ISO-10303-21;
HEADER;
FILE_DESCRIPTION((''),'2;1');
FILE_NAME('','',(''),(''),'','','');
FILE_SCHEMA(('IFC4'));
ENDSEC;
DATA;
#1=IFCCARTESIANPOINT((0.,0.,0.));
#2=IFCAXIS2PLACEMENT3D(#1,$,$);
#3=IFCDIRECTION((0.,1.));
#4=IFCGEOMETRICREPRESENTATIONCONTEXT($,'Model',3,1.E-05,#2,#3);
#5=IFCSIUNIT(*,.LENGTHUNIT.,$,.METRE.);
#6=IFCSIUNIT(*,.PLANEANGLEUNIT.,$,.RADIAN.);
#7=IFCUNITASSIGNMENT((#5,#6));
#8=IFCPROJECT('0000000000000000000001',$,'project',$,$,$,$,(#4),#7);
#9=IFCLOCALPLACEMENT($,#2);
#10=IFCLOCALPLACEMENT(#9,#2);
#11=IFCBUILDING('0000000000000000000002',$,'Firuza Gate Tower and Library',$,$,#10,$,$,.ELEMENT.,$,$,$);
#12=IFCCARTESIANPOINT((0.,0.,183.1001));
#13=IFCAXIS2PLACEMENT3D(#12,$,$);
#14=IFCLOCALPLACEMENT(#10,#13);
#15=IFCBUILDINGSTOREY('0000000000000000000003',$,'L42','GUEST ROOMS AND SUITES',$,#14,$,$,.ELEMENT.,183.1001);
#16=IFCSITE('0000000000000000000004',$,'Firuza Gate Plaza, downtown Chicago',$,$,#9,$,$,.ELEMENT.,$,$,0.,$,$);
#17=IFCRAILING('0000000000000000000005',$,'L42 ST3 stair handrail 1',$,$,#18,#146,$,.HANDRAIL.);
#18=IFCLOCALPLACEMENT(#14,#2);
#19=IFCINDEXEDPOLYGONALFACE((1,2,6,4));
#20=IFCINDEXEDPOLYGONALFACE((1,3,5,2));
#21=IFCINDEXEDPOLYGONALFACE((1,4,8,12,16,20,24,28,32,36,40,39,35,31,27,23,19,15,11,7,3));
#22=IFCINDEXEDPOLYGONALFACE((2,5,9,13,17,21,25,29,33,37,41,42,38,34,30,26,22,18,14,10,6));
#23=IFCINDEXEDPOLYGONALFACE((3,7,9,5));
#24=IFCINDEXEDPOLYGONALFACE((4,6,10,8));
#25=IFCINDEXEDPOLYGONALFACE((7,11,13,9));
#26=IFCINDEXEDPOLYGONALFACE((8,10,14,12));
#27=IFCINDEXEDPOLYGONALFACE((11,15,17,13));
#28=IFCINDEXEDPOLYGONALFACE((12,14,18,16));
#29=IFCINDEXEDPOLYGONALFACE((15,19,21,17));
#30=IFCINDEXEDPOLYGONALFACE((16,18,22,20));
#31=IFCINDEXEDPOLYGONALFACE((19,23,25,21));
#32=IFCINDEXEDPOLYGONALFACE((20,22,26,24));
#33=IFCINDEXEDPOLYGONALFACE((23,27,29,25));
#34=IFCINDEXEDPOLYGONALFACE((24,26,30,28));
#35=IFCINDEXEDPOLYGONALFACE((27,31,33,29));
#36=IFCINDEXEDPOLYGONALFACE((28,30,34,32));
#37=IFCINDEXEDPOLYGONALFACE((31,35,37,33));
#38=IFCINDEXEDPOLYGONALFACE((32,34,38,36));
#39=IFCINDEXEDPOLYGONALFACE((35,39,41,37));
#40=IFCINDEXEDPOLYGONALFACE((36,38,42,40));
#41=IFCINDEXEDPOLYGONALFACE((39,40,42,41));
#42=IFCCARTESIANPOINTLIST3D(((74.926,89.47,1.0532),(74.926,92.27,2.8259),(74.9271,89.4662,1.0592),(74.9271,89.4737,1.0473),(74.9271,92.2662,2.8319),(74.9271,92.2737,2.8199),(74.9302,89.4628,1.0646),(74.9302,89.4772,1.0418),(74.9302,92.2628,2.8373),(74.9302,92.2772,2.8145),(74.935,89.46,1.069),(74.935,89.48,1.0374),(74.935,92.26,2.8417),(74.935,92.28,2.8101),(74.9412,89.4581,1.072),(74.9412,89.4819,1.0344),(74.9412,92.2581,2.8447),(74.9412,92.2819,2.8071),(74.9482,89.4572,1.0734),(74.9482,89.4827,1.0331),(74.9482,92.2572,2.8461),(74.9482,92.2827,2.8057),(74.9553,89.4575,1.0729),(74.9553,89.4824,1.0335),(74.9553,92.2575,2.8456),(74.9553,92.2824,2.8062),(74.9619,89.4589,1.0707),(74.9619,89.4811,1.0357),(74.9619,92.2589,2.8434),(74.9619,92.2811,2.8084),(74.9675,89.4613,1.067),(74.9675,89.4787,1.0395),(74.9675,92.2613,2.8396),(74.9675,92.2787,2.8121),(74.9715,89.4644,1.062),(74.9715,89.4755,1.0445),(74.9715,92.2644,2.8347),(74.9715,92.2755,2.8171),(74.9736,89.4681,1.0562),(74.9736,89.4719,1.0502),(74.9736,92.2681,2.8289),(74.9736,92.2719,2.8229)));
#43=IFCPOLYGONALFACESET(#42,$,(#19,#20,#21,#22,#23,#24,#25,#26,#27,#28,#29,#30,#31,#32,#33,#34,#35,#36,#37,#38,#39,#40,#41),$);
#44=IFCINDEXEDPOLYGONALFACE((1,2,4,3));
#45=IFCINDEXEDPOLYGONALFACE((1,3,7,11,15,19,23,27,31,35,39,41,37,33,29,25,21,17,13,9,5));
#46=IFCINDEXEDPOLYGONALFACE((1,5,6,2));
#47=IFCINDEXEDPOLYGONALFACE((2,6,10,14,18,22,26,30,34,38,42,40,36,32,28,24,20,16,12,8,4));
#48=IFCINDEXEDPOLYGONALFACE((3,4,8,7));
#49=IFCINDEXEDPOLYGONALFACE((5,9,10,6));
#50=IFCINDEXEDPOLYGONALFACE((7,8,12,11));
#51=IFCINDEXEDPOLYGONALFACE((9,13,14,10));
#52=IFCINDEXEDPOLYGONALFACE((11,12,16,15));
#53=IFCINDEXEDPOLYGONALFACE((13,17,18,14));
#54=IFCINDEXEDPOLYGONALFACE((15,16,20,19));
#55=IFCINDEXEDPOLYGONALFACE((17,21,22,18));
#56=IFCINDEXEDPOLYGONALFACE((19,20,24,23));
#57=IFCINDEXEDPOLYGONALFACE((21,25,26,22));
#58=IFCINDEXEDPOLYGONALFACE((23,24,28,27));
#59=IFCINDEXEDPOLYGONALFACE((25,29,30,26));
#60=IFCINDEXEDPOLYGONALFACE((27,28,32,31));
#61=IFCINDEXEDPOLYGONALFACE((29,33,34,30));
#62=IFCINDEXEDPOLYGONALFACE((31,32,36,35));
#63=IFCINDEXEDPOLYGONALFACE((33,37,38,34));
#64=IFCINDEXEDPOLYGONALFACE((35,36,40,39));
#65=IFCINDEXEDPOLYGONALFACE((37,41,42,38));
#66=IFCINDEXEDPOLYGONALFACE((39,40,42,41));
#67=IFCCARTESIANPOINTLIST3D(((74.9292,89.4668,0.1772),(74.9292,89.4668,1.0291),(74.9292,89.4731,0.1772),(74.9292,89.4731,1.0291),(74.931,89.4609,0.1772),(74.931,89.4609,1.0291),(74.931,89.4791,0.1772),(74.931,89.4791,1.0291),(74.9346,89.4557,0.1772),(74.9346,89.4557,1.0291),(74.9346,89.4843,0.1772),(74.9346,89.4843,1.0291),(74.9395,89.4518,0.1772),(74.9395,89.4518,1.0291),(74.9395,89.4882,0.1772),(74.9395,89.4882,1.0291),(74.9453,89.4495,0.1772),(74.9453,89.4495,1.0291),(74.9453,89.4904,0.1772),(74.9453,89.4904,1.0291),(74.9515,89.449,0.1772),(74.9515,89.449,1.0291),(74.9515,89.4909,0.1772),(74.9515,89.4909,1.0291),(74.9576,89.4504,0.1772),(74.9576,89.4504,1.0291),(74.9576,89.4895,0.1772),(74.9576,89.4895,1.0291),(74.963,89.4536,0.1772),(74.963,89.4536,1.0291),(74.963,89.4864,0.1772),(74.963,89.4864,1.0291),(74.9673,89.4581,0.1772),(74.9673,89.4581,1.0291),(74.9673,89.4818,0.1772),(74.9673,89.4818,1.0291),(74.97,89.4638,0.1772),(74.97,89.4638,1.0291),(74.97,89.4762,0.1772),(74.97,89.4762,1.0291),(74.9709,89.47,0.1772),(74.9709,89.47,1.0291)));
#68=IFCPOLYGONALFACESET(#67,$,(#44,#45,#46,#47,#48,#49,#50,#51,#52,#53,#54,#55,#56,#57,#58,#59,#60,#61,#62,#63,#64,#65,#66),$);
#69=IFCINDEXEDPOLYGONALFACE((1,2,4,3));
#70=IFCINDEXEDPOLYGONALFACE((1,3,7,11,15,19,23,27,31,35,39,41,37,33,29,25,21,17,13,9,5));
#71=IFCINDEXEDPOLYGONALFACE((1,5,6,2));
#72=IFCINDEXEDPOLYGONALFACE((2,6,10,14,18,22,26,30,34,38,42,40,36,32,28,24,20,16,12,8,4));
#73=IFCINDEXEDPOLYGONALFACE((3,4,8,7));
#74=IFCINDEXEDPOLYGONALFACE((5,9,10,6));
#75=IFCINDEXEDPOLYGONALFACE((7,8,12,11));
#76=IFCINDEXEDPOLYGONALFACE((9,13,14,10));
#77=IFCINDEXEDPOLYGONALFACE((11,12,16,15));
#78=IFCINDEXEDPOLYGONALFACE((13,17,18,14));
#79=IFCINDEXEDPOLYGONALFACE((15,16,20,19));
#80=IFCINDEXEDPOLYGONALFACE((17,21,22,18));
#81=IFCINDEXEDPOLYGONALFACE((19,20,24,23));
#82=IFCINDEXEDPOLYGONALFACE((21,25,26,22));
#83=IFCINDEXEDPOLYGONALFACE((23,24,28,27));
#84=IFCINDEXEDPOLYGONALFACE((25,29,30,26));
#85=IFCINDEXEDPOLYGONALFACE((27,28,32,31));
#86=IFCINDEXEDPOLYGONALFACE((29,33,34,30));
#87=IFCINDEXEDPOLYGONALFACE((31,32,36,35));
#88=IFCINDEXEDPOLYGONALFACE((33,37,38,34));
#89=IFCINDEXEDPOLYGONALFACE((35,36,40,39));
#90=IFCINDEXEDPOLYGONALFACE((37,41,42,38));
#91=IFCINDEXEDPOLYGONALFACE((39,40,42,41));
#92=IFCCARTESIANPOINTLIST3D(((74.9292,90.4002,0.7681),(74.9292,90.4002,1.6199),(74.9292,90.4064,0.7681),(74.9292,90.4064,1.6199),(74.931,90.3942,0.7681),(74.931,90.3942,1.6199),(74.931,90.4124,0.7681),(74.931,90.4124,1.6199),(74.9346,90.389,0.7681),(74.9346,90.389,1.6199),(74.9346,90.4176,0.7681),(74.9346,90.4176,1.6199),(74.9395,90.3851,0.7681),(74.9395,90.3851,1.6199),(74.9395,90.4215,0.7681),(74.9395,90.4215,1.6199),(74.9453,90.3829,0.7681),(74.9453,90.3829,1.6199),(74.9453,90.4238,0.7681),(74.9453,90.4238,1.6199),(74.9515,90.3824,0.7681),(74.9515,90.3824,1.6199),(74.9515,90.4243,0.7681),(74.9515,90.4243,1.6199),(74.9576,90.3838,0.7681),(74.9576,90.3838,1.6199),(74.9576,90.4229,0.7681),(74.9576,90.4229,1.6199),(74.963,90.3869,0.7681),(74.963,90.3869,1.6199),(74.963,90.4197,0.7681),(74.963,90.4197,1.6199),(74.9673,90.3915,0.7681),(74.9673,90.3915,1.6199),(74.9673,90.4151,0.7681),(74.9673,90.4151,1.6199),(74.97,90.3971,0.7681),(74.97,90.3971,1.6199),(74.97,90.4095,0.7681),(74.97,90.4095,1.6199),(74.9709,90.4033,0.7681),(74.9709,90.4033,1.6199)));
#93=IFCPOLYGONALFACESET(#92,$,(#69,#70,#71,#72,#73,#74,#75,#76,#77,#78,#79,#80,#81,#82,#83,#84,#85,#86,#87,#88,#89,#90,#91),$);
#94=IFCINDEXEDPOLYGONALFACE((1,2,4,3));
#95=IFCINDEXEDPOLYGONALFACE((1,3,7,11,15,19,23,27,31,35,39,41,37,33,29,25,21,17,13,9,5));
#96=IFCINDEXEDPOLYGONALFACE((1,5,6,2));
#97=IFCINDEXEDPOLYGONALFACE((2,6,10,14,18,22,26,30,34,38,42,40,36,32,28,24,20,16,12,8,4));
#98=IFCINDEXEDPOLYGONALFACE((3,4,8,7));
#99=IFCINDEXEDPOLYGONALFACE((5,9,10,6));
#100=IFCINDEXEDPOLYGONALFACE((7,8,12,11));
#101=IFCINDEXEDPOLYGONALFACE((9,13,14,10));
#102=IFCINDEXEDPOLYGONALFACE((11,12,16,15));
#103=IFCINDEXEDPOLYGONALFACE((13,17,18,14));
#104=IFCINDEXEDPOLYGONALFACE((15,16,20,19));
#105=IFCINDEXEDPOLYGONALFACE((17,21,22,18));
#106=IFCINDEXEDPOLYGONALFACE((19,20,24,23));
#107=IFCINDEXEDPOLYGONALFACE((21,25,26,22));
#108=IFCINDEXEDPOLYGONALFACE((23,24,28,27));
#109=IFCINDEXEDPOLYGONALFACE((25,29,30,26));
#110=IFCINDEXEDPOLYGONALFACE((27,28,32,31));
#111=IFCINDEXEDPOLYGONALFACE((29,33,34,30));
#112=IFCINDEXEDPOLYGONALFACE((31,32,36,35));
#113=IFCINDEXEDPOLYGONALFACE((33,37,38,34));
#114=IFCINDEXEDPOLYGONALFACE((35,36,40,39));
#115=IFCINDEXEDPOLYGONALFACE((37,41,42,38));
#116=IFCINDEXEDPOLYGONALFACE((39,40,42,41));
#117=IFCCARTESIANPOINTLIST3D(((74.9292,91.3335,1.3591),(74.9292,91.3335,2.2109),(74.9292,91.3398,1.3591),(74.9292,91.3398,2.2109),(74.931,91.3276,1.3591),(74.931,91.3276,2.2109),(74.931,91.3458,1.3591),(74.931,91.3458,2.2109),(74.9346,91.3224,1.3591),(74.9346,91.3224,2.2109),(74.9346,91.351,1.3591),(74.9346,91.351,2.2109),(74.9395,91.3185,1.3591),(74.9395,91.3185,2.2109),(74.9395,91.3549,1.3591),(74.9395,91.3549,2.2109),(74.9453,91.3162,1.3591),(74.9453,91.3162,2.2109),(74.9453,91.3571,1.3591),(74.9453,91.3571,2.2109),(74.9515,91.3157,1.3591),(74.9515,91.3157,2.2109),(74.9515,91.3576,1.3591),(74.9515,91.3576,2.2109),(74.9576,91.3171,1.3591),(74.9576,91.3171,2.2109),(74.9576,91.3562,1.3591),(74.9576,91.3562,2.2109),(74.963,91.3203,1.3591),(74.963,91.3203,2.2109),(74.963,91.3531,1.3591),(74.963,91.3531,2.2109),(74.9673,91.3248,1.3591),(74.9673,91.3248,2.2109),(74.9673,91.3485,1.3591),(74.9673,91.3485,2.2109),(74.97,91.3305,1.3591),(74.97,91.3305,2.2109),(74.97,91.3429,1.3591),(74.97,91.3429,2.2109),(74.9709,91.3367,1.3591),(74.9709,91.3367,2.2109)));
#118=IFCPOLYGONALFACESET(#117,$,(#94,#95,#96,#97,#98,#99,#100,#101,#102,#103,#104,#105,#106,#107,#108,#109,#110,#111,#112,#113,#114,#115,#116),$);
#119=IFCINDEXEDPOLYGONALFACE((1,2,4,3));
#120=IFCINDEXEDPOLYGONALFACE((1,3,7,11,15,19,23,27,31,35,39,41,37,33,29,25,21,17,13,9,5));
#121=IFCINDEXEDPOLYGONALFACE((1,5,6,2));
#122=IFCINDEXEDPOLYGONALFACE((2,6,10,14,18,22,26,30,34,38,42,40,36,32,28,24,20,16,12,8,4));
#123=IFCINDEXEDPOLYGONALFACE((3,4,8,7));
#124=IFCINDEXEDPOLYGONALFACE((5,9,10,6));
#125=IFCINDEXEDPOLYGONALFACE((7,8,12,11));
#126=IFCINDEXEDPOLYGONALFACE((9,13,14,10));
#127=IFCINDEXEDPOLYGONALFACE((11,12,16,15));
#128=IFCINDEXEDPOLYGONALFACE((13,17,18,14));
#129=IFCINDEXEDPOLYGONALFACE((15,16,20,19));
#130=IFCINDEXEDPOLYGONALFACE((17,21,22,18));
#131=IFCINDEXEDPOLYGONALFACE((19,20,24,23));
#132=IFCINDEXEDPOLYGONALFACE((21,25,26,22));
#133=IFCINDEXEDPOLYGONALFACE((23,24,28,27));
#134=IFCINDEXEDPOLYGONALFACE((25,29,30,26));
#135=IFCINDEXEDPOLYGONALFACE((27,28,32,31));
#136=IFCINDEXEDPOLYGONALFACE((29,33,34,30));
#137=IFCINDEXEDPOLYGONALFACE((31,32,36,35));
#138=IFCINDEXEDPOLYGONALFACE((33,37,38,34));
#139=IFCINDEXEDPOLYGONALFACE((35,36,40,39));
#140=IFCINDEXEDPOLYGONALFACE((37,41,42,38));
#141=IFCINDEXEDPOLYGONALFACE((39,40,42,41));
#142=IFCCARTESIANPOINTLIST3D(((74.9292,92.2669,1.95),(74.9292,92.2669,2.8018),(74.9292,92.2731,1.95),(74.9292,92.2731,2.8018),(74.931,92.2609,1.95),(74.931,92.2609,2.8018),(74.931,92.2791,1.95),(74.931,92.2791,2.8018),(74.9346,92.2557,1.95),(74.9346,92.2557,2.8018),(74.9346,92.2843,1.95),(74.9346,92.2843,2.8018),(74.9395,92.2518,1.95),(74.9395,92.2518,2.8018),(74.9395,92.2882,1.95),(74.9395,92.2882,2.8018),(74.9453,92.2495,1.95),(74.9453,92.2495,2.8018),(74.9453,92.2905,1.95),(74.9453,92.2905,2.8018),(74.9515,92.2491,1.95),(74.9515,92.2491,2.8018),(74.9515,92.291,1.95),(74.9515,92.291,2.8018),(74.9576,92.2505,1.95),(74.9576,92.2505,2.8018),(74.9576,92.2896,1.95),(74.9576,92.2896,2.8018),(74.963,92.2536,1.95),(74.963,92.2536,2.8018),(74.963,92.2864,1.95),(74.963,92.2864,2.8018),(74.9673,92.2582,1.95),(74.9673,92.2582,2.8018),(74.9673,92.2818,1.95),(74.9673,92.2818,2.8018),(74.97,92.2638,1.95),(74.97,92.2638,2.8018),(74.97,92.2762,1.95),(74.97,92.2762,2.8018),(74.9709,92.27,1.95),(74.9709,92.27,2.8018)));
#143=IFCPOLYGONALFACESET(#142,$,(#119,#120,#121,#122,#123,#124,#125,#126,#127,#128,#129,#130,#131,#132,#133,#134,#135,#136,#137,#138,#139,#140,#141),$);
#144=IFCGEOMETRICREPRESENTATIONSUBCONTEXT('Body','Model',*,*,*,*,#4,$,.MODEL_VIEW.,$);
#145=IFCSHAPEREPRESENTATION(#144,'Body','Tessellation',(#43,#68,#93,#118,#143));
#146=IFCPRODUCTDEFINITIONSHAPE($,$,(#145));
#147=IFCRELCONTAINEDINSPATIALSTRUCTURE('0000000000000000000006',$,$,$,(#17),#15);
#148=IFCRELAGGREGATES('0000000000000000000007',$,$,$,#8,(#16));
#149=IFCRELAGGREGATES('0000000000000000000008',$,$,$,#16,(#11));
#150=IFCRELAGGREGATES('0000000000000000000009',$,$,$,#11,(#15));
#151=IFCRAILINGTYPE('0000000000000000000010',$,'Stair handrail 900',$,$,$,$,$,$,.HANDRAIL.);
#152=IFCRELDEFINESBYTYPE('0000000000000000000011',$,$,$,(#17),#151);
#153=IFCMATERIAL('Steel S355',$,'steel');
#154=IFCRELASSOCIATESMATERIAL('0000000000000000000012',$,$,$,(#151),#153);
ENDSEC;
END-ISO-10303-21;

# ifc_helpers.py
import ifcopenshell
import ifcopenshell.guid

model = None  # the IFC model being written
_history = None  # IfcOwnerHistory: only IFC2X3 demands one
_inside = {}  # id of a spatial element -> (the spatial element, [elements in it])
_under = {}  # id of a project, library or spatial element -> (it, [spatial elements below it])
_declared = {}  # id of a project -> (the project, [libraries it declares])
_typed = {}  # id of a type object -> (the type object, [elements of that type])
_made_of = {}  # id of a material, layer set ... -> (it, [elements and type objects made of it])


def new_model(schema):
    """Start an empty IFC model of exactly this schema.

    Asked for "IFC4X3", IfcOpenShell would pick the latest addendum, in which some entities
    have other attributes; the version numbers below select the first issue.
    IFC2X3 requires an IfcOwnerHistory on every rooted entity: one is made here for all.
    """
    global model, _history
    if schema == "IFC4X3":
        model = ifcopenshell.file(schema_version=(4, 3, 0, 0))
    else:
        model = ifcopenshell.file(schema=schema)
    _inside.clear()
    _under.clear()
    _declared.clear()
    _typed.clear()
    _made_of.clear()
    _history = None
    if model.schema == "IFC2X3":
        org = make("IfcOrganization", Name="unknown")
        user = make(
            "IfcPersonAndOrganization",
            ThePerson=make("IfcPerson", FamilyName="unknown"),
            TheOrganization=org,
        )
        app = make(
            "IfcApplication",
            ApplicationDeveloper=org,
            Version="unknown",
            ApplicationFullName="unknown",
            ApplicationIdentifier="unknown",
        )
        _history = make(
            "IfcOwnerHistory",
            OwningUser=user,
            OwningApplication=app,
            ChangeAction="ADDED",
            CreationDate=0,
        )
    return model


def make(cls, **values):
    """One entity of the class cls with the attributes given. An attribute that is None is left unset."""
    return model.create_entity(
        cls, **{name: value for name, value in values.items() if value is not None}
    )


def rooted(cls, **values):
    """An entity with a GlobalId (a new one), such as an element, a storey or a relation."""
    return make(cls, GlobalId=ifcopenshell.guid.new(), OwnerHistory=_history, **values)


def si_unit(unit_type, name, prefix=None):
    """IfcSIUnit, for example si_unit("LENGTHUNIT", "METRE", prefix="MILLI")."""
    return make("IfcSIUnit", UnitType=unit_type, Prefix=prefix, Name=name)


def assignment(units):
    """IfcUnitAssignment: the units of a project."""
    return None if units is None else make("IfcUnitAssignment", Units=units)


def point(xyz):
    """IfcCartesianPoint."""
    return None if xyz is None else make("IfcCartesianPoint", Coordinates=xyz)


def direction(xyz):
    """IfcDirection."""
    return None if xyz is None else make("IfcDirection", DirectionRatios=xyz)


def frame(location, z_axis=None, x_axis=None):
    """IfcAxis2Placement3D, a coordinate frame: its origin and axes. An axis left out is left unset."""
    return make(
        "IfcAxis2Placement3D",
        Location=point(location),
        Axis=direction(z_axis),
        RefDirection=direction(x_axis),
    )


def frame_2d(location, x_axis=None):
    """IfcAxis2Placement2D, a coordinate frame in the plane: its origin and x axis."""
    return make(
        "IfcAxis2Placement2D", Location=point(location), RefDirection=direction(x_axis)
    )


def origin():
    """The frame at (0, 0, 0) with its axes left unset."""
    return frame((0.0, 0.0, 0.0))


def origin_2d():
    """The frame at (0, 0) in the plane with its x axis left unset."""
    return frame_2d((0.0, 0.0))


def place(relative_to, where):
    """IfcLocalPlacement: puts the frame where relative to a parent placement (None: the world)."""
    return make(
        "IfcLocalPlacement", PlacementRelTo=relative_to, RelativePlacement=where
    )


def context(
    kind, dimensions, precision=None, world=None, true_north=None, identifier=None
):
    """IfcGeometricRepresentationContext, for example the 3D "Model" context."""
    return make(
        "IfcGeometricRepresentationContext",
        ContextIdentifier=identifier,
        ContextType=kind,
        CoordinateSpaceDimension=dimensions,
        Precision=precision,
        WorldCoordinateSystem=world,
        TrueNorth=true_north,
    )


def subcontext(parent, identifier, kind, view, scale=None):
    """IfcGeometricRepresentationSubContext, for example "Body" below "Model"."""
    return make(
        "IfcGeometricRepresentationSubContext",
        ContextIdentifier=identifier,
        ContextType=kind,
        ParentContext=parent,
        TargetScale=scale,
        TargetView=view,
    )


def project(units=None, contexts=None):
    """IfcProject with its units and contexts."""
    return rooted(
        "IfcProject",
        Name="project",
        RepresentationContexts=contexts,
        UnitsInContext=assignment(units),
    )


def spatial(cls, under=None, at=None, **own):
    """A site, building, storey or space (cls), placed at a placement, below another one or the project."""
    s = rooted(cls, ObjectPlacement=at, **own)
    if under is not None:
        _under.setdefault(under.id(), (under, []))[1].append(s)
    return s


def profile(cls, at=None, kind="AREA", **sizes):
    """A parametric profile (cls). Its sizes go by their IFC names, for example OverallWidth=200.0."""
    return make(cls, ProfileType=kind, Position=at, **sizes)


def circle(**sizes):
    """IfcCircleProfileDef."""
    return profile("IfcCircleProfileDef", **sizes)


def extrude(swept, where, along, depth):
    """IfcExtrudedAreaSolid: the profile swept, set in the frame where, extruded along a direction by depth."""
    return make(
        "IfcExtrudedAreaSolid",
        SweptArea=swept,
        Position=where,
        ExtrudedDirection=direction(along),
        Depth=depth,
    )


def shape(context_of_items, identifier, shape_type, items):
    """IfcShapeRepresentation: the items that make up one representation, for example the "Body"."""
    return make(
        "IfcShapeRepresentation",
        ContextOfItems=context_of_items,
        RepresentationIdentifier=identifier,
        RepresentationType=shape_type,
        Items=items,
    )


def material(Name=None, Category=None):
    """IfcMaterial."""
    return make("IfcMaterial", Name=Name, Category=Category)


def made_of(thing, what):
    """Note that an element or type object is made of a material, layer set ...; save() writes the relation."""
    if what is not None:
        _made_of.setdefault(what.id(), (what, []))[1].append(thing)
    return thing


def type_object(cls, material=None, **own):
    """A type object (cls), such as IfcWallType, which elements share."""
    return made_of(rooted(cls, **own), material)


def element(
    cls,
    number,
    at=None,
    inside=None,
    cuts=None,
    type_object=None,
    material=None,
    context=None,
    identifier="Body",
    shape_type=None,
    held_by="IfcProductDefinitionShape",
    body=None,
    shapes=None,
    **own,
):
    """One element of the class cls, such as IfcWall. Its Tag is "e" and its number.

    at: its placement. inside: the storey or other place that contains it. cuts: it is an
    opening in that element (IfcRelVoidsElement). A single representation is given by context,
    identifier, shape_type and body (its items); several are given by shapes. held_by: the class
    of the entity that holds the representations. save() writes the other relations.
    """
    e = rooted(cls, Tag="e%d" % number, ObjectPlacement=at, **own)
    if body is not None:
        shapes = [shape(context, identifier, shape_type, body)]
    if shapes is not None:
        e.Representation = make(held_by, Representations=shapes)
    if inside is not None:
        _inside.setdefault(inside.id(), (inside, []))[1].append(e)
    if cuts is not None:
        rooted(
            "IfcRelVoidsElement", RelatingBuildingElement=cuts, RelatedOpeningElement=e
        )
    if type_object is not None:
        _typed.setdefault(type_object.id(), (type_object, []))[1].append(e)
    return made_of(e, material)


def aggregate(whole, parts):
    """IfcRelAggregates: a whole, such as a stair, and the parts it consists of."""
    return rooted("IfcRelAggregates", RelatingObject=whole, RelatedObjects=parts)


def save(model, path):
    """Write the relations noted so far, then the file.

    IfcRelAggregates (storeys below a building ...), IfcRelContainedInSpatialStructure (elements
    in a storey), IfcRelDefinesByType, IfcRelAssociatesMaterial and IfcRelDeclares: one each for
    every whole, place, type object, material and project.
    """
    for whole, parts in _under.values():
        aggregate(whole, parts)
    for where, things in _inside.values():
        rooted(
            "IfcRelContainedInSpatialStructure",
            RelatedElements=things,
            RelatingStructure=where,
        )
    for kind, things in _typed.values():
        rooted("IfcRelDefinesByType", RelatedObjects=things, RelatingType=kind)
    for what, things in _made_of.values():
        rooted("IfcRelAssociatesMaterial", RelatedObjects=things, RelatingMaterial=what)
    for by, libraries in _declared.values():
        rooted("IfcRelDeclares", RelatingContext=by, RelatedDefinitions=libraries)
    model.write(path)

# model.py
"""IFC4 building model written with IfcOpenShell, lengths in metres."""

from ifc_helpers import new_model, si_unit, direction, frame, origin, origin_2d, place, context, subcontext, project, spatial, circle, extrude, material, type_object, element, save


model = new_model("IFC4")

# Units and contexts
model_context = context("Model", 3, precision=1e-05, world=origin(), true_north=direction((0.0, 1.0)))
body_context = subcontext(model_context, "Body", "Model", "MODEL_VIEW")
ifc_project = project(units=[si_unit("LENGTHUNIT", "METRE"), si_unit("PLANEANGLEUNIT", "RADIAN")], contexts=[model_context])

# Site, building, storey
site_placement = place(None, origin())
site = spatial("IfcSite", under=ifc_project, at=site_placement, Name="Firuza Gate Plaza, downtown Chicago", CompositionType="ELEMENT", RefElevation=0.0)
building_placement = place(site_placement, origin())
building = spatial("IfcBuilding", under=site, at=building_placement, Name="Firuza Gate Tower and Library", CompositionType="ELEMENT")
storey_placement = place(building_placement, frame((0.0, 0.0, 183.1001)))
storey = spatial("IfcBuildingStorey", under=building, at=storey_placement, Name="L42", Description="GUEST ROOMS AND SUITES", CompositionType="ELEMENT", Elevation=183.1001)

# Railing
ifc_material_1 = material(Name="Steel S355", Category="steel")
railing_type = type_object("IfcRailingType", Name="Stair handrail 900", PredefinedType="HANDRAIL", material=ifc_material_1)
railing_1_placement = place(storey_placement, frame((74.95, 89.47, 0.1772)))
element("IfcRailing", 1, at=railing_1_placement, inside=storey, type_object=railing_type, Name="L42 ST3 stair handrail 1", PredefinedType="HANDRAIL", context=body_context, shape_type="SweptSolid", body=[
    extrude(circle(Radius=0.0239, at=origin_2d()), frame((0.0, 0.0, 0.876), z_axis=(0.0, 0.844909, 0.53491), x_axis=(-1.0, 0.0, 0.0)), (0.0, 0.0, 1.0), 3.314),
    extrude(circle(Radius=0.021, at=origin_2d()), origin(), (0.0, 0.0, 1.0), 0.8518),
    extrude(circle(Radius=0.021, at=origin_2d()), frame((0.0, 0.9333, 0.5908)), (0.0, 0.0, 1.0), 0.8518),
    extrude(circle(Radius=0.021, at=origin_2d()), frame((0.0, 1.8667, 1.1819)), (0.0, 0.0, 1.0), 0.8518),
    extrude(circle(Radius=0.021, at=origin_2d()), frame((0.0, 2.8, 1.7727)), (0.0, 0.0, 1.0), 0.8518),
])

save(model, "model.ifc")
